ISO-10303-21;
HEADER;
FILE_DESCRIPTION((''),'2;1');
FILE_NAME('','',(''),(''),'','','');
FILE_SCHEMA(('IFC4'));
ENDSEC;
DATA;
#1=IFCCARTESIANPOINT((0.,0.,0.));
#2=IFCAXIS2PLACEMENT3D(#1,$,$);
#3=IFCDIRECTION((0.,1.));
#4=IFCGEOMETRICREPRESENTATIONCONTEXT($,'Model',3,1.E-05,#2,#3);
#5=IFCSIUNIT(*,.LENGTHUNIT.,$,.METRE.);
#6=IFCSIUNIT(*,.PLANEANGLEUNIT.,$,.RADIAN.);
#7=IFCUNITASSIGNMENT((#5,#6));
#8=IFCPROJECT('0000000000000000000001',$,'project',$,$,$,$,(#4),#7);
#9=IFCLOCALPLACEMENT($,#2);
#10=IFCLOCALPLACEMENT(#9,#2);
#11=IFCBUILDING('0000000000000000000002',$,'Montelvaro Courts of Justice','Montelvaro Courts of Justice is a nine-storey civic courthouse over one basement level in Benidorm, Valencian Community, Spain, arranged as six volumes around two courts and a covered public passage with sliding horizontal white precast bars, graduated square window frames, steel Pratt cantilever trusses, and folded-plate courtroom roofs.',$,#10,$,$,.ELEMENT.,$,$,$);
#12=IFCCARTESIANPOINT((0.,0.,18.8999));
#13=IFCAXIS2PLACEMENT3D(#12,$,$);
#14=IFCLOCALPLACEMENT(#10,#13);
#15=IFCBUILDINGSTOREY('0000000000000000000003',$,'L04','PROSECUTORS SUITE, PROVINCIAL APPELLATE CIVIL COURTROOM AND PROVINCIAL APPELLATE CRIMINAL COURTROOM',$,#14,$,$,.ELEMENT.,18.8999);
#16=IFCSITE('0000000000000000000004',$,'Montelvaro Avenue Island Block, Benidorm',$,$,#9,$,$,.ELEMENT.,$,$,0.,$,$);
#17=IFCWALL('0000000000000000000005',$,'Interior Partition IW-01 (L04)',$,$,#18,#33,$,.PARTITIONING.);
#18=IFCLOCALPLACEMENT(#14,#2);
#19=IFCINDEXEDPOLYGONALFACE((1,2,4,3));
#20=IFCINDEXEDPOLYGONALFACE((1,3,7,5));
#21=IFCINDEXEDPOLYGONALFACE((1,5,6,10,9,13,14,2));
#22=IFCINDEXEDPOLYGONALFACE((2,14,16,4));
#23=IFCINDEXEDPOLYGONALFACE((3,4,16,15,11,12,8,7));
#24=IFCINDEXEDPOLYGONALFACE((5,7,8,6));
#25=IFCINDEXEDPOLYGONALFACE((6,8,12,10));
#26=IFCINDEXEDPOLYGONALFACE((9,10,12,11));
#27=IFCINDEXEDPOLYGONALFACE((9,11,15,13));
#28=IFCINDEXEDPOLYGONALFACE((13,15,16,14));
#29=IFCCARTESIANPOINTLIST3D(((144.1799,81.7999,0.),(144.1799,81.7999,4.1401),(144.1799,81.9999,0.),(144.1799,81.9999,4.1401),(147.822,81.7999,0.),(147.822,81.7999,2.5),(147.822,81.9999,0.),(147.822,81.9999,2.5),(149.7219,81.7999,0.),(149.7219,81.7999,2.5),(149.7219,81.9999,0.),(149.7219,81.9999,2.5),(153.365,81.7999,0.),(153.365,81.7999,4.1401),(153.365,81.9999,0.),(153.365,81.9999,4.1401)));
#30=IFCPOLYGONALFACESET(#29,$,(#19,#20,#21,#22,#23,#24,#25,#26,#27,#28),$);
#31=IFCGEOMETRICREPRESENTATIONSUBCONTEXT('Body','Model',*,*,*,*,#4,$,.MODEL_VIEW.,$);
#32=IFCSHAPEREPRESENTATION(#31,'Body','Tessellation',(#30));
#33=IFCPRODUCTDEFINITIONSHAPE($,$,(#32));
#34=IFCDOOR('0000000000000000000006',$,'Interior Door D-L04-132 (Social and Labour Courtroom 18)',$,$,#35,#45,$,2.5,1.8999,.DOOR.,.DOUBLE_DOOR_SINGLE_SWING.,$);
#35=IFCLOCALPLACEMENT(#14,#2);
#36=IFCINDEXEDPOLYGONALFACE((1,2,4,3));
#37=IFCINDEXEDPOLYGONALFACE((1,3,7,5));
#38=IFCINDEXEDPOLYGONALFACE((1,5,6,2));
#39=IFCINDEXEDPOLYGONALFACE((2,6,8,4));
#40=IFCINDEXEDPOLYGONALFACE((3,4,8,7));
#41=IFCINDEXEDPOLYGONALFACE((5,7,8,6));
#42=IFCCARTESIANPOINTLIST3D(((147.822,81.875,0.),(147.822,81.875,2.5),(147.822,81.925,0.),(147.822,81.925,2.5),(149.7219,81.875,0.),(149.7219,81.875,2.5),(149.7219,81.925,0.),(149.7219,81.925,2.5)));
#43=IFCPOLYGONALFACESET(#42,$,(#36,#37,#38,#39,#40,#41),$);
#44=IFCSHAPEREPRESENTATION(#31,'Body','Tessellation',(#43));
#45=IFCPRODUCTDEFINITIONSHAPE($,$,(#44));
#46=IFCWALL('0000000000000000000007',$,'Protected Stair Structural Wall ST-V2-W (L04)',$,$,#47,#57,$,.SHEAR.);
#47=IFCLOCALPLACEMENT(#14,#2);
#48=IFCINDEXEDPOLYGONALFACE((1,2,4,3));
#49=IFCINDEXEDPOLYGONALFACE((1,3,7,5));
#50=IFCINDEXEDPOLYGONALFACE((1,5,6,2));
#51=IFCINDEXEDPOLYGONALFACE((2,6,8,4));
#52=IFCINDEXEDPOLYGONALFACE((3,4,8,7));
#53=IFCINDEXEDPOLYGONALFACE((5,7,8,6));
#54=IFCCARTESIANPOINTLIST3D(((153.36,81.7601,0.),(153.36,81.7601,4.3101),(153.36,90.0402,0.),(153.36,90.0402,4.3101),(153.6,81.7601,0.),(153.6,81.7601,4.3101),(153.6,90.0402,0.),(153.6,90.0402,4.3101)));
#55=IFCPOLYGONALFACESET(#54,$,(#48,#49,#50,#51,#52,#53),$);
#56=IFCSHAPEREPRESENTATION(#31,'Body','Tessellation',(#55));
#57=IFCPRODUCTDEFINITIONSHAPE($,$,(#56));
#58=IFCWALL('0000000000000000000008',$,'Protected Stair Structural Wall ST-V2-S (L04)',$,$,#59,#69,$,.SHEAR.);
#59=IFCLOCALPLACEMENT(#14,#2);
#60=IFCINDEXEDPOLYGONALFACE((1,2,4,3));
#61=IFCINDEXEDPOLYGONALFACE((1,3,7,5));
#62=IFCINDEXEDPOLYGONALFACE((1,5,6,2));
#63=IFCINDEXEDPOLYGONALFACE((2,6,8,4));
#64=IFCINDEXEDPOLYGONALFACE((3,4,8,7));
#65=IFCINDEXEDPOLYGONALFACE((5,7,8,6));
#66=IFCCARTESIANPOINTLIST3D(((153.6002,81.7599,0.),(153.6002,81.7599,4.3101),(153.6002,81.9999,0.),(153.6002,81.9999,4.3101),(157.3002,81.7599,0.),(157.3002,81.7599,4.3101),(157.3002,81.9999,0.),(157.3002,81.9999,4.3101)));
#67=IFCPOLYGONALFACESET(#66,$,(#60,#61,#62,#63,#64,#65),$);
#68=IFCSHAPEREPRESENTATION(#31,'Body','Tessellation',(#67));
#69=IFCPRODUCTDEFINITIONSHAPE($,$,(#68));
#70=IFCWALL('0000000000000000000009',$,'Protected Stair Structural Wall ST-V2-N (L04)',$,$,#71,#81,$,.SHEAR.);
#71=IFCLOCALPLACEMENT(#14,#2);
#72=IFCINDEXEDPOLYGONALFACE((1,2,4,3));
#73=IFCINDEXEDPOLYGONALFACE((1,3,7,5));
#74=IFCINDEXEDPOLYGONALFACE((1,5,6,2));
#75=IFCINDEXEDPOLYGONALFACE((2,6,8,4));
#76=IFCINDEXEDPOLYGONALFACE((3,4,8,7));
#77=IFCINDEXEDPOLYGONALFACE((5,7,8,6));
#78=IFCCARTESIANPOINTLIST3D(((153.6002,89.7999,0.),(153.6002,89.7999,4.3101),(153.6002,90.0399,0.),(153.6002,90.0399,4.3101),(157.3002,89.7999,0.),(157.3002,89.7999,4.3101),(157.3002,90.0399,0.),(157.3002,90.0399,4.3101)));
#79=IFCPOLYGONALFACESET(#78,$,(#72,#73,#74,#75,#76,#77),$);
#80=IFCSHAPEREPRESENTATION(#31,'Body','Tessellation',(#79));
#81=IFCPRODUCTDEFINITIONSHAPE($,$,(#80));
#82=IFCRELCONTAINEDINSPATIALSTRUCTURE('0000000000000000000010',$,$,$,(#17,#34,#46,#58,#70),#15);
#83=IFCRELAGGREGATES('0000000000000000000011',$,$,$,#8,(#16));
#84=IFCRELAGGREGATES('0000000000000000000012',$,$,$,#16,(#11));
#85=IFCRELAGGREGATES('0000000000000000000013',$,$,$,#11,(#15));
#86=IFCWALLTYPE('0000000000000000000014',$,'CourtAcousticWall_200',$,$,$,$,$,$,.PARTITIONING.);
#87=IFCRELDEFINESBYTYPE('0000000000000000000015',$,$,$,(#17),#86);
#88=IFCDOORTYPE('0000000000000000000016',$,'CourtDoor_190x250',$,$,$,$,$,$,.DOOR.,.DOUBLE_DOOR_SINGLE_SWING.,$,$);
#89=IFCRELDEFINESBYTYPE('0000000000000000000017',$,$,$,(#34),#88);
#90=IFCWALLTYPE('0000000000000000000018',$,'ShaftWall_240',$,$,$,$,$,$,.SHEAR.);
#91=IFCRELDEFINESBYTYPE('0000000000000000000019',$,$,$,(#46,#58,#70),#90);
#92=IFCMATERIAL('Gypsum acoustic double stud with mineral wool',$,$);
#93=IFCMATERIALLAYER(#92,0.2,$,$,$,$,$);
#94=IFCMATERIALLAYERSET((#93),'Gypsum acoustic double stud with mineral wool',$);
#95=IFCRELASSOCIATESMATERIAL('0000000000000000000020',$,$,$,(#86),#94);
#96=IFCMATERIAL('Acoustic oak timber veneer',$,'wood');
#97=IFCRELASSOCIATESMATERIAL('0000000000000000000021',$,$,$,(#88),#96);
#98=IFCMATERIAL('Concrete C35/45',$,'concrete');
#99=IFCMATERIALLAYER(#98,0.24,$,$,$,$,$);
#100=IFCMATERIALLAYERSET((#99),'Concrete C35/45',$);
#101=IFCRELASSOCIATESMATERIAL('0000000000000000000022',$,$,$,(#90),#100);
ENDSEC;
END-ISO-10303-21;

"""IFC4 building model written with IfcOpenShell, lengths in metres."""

from ifc_helpers import new_model, si_unit, direction, frame, frame_2d, origin, place, context, subcontext, project, spatial, rectangle, extrude, material, layer, layer_set, type_object, element, fill, save


model = new_model("IFC4")

# Units and contexts
model_context = context("Model", 3, precision=1e-05, world=origin(), true_north=direction((0.0, 1.0)))
body_context = subcontext(model_context, "Body", "Model", "MODEL_VIEW")
ifc_project = project(units=[si_unit("LENGTHUNIT", "METRE"), si_unit("PLANEANGLEUNIT", "RADIAN")], contexts=[model_context])

# Site, building, storey
site_placement = place(None, origin())
site = spatial("IfcSite", under=ifc_project, at=site_placement, Name="Montelvaro Avenue Island Block, Benidorm", CompositionType="ELEMENT", RefElevation=0.0)
building_placement = place(site_placement, origin())
building = spatial("IfcBuilding", under=site, at=building_placement, Name="Montelvaro Courts of Justice", Description="Montelvaro Courts of Justice is a nine-storey civic courthouse over one basement level in Benidorm, Valencian Community, Spain, arranged as six volumes around two courts and a covered public passage with sliding horizontal white precast bars, graduated square window frames, steel Pratt cantilever trusses, and folded-plate courtroom roofs.", CompositionType="ELEMENT")
storey_placement = place(building_placement, frame((0.0, 0.0, 18.8999)))
storey = spatial("IfcBuildingStorey", under=building, at=storey_placement, Name="L04", Description="PROSECUTORS SUITE, PROVINCIAL APPELLATE CIVIL COURTROOM AND PROVINCIAL APPELLATE CRIMINAL COURTROOM", CompositionType="ELEMENT", Elevation=18.8999)

# Wall, opening, door
ifc_material_1 = material(Name="Gypsum acoustic double stud with mineral wool")
ifc_layer_1 = layer(ifc_material_1, 0.2)
ifc_layer_set_1 = layer_set([ifc_layer_1], Name="Gypsum acoustic double stud with mineral wool")
wall_type_1 = type_object("IfcWallType", Name="CourtAcousticWall_200", PredefinedType="PARTITIONING", material=ifc_layer_set_1)
wall_1_placement = place(storey_placement, frame((153.365, 81.8999, 0.0), z_axis=(0.0, 0.0, 1.0), x_axis=(-1.0, 0.0, 0.0)))
wall_1 = element("IfcWall", 1, at=wall_1_placement, inside=storey, type_object=wall_type_1, Name="Interior Partition IW-01 (L04)", PredefinedType="PARTITIONING", context=body_context, shape_type="SweptSolid", body=[
    extrude(rectangle(XDim=9.1851, YDim=0.2, at=frame_2d((4.5925, 0.0))), origin(), (0.0, 0.0, 1.0), 4.1401),
])
opening_placement = place(wall_1_placement, frame((3.6431, 0.0, 0.0)))
opening = element("IfcOpeningElement", 2, at=opening_placement, cuts=wall_1, PredefinedType="OPENING", context=body_context, shape_type="SweptSolid", body=[
    extrude(rectangle(XDim=1.8999, YDim=2.5, at=frame_2d((0.95, 1.25))), frame((0.0, 0.1147, 0.0), z_axis=(0.0, -1.0, 0.0), x_axis=(1.0, 0.0, 0.0)), (0.0, 0.0, 1.0), 0.2297),
])
ifc_material_2 = material(Name="Acoustic oak timber veneer", Category="wood")
door_type = type_object("IfcDoorType", Name="CourtDoor_190x250", OperationType="DOUBLE_DOOR_SINGLE_SWING", PredefinedType="DOOR", material=ifc_material_2)
door_placement = place(opening_placement, origin())
door = element("IfcDoor", 3, at=door_placement, inside=storey, type_object=door_type, Name="Interior Door D-L04-132 (Social and Labour Courtroom 18)", OperationType="DOUBLE_DOOR_SINGLE_SWING", OverallHeight=2.5, OverallWidth=1.8999, PredefinedType="DOOR", context=body_context, shape_type="SweptSolid", body=[
    extrude(rectangle(XDim=1.8999, YDim=2.5, at=frame_2d((0.95, 1.25))), frame((0.0, 0.0249, 0.0), z_axis=(0.0, -1.0, 0.0), x_axis=(1.0, 0.0, 0.0)), (0.0, 0.0, 1.0), 0.05),
])
fill(opening, door)

# Walls
ifc_material_3 = material(Name="Concrete C35/45", Category="concrete")
ifc_layer_2 = layer(ifc_material_3, 0.24)
ifc_layer_set_2 = layer_set([ifc_layer_2], Name="Concrete C35/45")
wall_type_2 = type_object("IfcWallType", Name="ShaftWall_240", PredefinedType="SHEAR", material=ifc_layer_set_2)
wall_2_placement = place(storey_placement, frame((153.48, 81.76, 0.0), z_axis=(0.0, 0.0, 1.0), x_axis=(0.0, 1.0, 0.0)))
element("IfcWall", 4, at=wall_2_placement, inside=storey, type_object=wall_type_2, Name="Protected Stair Structural Wall ST-V2-W (L04)", PredefinedType="SHEAR", context=body_context, shape_type="SweptSolid", body=[
    extrude(rectangle(XDim=8.28, YDim=0.24, at=frame_2d((4.1401, 0.0))), origin(), (0.0, 0.0, 1.0), 4.3101),
])
for number, where, z_axis, x_axis, name in (
    (5, (153.6001, 81.8799, 0.0), (0.0, 0.0, 1.0), (1.0, 0.0, 0.0), "Protected Stair Structural Wall ST-V2-S (L04)"),
    (6, (153.6001, 89.9199, 0.0), (0.0, 0.0, 1.0), (1.0, 0.0, 0.0), "Protected Stair Structural Wall ST-V2-N (L04)"),
):
    element("IfcWall", number, at=place(storey_placement, frame(where, z_axis=z_axis, x_axis=x_axis)), inside=storey, type_object=wall_type_2, Name=name, PredefinedType="SHEAR", context=body_context, shape_type="SweptSolid", body=[
        extrude(rectangle(XDim=3.7, YDim=0.24, at=frame_2d((1.8501, 0.0))), origin(), (0.0, 0.0, 1.0), 4.3101),
    ])

save(model, "model.ifc")
